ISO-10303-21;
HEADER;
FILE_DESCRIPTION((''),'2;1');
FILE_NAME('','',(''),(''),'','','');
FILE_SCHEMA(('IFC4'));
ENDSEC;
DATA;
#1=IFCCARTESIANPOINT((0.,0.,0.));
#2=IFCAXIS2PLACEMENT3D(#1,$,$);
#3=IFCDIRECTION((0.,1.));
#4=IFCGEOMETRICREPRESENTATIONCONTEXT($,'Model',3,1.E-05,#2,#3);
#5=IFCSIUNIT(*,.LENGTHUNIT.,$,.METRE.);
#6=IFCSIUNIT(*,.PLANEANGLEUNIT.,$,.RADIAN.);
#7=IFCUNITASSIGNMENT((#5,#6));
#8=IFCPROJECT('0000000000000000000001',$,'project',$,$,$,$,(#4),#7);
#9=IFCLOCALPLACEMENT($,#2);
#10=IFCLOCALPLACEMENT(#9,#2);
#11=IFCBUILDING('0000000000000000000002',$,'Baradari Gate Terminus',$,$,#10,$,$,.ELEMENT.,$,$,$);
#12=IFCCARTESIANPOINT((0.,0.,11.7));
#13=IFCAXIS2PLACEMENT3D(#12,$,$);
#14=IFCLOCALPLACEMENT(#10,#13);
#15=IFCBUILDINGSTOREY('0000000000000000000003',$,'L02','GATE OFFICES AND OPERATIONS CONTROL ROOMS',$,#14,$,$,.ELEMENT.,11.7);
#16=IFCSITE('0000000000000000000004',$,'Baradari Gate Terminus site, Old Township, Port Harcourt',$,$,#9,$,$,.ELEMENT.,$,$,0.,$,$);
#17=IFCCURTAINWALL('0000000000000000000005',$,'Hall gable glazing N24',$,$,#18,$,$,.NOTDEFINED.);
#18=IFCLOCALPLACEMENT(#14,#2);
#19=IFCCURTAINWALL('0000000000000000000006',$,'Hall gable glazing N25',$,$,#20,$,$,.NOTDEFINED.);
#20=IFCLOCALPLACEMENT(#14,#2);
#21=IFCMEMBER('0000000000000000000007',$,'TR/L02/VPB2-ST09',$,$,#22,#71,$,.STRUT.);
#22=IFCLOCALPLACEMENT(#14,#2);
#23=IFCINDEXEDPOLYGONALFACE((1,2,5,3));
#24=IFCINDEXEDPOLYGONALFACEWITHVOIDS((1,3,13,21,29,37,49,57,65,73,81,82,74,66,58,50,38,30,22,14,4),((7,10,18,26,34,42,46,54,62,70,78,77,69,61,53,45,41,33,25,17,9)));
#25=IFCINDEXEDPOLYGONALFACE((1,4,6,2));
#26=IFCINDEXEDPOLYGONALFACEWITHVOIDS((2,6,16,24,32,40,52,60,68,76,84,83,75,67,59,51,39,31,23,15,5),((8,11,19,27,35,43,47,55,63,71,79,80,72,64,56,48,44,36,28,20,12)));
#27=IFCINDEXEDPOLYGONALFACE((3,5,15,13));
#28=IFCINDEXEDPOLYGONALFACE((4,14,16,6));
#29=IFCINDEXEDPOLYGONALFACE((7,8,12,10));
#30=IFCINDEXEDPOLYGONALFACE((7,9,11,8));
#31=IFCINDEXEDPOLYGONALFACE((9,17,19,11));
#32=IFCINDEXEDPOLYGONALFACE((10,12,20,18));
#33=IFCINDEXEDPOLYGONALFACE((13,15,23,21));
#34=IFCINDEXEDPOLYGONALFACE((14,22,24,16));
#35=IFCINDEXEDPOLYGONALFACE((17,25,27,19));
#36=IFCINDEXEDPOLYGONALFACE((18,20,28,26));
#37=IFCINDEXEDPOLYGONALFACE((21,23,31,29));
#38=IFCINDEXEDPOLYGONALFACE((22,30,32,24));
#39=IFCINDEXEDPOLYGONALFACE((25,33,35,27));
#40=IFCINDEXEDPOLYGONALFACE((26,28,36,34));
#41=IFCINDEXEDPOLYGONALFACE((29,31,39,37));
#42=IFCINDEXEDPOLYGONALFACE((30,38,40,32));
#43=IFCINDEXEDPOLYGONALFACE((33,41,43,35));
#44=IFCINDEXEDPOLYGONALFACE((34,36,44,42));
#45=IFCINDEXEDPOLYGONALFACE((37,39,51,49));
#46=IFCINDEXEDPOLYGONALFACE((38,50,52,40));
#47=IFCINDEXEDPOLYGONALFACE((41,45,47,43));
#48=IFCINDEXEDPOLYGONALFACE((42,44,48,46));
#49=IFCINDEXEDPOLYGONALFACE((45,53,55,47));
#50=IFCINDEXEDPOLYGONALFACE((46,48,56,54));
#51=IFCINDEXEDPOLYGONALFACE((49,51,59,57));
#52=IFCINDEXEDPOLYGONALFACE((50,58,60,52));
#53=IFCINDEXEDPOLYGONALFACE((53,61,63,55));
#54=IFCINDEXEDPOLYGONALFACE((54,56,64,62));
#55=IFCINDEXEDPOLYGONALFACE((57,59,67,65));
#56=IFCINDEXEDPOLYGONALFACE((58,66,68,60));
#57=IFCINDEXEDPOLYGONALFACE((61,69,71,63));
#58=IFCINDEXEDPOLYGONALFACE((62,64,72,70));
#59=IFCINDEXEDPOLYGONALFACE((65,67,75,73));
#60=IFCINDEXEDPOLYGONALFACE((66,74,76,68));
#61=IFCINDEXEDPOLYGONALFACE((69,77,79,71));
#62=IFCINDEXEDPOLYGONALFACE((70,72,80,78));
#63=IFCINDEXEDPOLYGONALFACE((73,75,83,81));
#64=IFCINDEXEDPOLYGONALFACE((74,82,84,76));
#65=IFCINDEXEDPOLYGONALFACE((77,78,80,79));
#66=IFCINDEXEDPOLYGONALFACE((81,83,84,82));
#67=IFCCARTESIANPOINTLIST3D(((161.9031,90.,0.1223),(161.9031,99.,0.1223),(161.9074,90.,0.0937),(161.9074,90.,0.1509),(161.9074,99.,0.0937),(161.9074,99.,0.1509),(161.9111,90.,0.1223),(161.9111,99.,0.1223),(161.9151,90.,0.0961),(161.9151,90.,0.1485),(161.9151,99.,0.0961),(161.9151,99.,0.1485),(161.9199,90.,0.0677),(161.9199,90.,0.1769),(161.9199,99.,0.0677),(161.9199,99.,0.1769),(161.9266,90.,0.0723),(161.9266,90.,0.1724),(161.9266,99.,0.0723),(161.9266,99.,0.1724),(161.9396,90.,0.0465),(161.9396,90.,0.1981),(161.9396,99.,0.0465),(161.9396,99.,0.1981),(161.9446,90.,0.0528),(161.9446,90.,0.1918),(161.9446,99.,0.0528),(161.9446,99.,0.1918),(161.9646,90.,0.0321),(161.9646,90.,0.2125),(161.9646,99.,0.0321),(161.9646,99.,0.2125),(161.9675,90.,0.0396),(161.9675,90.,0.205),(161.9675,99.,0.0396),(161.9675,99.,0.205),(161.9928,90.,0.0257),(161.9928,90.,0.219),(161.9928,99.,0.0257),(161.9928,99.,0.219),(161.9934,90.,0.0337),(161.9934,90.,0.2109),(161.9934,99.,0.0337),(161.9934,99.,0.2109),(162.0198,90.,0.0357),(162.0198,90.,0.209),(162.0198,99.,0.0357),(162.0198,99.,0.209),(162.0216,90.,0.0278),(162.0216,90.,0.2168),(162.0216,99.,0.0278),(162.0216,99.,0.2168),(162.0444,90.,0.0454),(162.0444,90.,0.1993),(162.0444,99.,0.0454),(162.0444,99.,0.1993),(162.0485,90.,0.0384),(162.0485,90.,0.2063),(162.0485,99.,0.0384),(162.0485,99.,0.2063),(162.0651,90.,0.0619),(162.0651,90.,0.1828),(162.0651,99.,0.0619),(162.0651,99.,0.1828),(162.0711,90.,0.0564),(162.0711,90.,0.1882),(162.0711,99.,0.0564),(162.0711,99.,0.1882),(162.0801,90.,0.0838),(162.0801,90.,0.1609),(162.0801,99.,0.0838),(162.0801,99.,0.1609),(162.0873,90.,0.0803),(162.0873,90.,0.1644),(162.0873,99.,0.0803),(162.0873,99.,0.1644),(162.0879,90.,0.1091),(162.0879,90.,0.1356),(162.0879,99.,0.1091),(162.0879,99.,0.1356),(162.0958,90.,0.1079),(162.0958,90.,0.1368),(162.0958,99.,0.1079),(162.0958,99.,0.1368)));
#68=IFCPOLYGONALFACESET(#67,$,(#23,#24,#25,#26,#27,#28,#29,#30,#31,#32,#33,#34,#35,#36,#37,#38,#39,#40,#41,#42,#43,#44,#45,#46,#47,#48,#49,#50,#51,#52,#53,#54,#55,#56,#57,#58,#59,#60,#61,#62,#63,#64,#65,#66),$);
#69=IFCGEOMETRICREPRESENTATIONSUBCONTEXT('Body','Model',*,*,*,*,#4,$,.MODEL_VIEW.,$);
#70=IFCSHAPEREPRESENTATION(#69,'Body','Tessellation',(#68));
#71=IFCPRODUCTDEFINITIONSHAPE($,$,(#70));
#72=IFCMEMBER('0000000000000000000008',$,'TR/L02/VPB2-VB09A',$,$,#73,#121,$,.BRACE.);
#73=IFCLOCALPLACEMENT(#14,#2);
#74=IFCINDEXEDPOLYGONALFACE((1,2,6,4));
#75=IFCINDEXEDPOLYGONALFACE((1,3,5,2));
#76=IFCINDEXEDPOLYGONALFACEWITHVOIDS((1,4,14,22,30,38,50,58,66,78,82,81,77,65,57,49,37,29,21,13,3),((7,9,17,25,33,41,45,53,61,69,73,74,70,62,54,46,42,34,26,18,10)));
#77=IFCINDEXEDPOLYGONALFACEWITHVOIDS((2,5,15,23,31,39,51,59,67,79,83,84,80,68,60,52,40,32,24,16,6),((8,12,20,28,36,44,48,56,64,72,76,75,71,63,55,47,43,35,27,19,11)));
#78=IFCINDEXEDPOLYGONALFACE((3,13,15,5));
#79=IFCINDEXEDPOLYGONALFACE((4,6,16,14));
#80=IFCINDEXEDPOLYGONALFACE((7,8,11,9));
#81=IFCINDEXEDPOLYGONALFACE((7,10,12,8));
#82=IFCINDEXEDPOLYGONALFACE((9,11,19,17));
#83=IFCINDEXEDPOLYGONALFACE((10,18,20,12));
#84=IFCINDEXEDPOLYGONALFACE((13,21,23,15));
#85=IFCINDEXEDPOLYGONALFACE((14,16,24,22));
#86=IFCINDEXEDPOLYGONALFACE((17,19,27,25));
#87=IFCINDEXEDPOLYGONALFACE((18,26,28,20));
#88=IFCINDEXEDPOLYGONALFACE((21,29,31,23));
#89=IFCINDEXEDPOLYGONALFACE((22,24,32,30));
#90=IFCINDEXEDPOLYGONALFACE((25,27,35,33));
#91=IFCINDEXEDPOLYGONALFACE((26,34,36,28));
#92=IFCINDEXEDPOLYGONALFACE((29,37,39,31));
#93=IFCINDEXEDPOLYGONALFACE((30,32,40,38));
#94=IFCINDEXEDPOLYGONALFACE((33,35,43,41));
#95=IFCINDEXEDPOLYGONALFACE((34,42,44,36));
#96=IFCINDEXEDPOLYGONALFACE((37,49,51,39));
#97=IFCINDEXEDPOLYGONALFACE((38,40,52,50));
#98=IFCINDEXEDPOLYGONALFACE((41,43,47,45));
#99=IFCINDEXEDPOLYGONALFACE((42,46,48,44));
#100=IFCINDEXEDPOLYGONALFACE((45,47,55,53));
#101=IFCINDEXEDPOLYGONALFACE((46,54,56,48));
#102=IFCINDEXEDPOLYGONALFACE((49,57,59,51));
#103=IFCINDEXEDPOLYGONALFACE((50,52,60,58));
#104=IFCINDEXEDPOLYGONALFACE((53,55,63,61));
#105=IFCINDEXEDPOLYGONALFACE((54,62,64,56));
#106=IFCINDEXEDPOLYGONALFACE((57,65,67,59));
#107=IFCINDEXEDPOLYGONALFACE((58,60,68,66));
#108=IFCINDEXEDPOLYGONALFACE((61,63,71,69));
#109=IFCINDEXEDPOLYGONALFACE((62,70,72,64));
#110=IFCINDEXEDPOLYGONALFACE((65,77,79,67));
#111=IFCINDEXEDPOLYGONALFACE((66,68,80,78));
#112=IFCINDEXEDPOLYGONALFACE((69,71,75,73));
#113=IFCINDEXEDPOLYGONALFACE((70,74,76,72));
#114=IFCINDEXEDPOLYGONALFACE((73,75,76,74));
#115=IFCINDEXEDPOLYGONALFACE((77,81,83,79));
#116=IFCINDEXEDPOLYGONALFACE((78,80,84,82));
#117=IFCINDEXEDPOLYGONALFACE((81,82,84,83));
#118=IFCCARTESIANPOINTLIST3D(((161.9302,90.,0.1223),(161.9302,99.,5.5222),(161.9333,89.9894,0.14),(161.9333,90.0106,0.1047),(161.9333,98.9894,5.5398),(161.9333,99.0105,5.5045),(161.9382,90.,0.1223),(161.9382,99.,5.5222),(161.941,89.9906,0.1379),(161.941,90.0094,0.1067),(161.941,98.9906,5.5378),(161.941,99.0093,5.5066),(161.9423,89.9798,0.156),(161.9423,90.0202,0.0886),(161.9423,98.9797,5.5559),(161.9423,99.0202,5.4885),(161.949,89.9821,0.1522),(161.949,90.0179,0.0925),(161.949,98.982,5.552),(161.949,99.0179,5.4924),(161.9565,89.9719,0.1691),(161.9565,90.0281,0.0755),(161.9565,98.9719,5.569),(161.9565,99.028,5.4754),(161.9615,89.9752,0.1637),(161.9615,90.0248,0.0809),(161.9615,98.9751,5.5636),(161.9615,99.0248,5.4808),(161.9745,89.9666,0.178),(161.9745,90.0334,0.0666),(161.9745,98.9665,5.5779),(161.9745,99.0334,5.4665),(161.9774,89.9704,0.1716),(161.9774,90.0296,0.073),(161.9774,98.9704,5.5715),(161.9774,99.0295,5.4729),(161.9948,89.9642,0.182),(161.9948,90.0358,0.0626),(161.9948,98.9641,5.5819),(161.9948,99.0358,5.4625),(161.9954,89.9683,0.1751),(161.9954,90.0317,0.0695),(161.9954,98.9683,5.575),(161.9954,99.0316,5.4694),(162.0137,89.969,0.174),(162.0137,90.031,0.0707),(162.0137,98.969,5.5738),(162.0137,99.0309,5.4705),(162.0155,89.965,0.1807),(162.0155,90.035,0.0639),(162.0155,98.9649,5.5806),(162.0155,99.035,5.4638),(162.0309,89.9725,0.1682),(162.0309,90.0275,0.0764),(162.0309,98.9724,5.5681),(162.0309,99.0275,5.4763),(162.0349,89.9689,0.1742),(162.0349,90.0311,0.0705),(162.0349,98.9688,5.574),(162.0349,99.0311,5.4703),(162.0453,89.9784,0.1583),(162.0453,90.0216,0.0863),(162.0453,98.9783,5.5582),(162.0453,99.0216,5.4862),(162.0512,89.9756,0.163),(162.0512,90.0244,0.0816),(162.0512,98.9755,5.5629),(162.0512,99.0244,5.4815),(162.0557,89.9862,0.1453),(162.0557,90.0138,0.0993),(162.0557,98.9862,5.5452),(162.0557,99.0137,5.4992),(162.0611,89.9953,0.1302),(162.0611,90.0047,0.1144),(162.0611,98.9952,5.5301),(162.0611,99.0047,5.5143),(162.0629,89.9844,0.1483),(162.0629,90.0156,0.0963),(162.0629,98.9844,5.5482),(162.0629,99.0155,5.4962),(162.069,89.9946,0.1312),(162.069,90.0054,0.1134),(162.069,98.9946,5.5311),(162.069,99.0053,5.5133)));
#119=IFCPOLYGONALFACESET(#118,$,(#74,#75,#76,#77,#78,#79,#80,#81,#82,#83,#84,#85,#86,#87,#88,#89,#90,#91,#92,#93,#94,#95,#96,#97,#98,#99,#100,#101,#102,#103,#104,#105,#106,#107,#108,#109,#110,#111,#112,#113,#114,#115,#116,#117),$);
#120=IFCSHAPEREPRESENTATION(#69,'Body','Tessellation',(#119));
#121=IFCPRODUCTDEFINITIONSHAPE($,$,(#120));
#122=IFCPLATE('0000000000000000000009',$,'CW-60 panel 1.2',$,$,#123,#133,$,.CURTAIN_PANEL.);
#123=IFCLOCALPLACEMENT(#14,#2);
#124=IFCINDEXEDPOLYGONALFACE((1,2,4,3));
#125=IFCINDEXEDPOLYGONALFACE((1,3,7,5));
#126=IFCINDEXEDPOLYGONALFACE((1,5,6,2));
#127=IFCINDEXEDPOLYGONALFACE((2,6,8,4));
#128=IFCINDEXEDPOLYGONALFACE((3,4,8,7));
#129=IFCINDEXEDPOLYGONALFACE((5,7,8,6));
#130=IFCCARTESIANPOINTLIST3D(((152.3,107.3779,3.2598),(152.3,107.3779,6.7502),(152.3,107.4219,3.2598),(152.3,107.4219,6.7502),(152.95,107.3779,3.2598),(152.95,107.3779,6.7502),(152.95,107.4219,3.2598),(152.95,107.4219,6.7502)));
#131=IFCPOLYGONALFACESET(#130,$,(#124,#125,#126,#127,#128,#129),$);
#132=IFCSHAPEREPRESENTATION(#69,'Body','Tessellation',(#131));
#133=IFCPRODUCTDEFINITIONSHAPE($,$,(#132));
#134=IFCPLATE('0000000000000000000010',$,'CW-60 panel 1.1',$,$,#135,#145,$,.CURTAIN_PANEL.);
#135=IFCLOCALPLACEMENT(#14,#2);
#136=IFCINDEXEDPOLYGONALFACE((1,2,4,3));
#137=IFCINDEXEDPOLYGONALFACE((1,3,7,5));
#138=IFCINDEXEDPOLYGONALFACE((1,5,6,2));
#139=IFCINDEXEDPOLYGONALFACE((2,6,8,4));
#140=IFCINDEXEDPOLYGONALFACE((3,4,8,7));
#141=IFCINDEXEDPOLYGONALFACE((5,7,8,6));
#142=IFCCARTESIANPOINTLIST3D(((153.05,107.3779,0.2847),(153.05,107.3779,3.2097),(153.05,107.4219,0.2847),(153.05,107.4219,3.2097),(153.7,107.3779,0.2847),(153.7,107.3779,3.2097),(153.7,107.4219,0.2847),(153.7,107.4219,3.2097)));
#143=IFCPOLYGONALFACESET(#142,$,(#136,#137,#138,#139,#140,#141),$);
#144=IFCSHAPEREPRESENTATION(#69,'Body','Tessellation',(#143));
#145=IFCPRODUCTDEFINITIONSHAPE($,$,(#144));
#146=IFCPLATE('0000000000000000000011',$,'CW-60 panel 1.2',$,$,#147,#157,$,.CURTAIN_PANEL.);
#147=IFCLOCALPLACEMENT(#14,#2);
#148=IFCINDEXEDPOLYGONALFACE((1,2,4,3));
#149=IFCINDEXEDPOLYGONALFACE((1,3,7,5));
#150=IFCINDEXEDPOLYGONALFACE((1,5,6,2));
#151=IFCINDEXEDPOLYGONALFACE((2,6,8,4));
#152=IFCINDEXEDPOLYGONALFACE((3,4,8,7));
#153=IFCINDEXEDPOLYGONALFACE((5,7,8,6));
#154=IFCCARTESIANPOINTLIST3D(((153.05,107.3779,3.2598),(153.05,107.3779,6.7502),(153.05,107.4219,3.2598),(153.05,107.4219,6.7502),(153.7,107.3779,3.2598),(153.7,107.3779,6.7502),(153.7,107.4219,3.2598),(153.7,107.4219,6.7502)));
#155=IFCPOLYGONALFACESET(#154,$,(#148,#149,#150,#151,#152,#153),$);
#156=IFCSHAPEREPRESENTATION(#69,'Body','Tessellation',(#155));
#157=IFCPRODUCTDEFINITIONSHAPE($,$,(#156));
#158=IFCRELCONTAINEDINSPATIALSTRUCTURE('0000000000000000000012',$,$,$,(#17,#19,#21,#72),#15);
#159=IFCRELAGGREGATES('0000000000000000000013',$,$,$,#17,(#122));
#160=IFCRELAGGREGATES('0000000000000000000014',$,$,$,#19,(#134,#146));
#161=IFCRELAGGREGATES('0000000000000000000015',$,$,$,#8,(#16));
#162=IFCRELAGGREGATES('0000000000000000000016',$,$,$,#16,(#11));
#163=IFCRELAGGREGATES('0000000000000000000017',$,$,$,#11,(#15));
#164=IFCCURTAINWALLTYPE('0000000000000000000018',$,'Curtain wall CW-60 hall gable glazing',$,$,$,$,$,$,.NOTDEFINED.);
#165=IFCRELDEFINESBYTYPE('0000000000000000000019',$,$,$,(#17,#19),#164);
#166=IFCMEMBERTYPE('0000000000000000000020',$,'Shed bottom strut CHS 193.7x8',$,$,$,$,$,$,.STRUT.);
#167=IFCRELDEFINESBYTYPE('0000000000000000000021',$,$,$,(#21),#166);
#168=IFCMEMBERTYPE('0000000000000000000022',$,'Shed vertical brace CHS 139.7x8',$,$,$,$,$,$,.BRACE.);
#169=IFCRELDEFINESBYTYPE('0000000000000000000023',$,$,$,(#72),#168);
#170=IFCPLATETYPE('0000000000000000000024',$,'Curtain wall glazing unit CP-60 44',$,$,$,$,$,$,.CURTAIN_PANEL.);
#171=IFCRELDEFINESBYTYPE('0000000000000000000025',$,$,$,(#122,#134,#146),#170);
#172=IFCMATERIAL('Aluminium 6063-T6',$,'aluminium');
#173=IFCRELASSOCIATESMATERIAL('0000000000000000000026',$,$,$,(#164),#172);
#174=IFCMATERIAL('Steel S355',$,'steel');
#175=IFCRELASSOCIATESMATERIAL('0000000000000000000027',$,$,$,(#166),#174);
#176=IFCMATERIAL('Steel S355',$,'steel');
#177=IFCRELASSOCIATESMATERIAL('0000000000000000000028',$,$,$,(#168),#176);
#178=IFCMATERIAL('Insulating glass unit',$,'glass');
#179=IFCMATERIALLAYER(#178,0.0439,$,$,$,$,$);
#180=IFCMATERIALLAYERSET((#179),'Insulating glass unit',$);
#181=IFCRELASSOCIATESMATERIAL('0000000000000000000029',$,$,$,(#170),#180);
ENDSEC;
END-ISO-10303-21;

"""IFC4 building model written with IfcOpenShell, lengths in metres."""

from ifc_helpers import new_model, si_unit, direction, frame, origin, origin_2d, place, context, subcontext, project, spatial, rectangle, hollow_circle, extrude, material, layer, layer_set, material_profile, profile_set, type_object, element, aggregate, save


model = new_model("IFC4")

# Units and contexts
model_context = context("Model", 3, precision=1e-05, world=origin(), true_north=direction((0.0, 1.0)))
body_context = subcontext(model_context, "Body", "Model", "MODEL_VIEW")
ifc_project = project(units=[si_unit("LENGTHUNIT", "METRE"), si_unit("PLANEANGLEUNIT", "RADIAN")], contexts=[model_context])

# Site, building, storey
site_placement = place(None, origin())
site = spatial("IfcSite", under=ifc_project, at=site_placement, Name="Baradari Gate Terminus site, Old Township, Port Harcourt", CompositionType="ELEMENT", RefElevation=0.0)
building_placement = place(site_placement, origin())
building = spatial("IfcBuilding", under=site, at=building_placement, Name="Baradari Gate Terminus", CompositionType="ELEMENT")
storey_placement = place(building_placement, frame((0.0, 0.0, 11.7)))
storey = spatial("IfcBuildingStorey", under=building, at=storey_placement, Name="L02", Description="GATE OFFICES AND OPERATIONS CONTROL ROOMS", CompositionType="ELEMENT", Elevation=11.7)

# Curtain wall
ifc_material_1 = material(Name="Aluminium 6063-T6", Category="aluminium")
curtain_wall_type = type_object("IfcCurtainWallType", Name="Curtain wall CW-60 hall gable glazing", PredefinedType="NOTDEFINED", material=ifc_material_1)
curtain_wall_1_placement = place(storey_placement, origin())
curtain_wall_1 = element("IfcCurtainWall", 1, at=curtain_wall_1_placement, inside=storey, type_object=curtain_wall_type, Name="Hall gable glazing N24", PredefinedType="NOTDEFINED")

# Curtain wall
curtain_wall_2_placement = place(storey_placement, origin())
curtain_wall_2 = element("IfcCurtainWall", 2, at=curtain_wall_2_placement, inside=storey, type_object=curtain_wall_type, Name="Hall gable glazing N25", PredefinedType="NOTDEFINED")

# Members
ifc_material_2 = material(Name="Steel S355", Category="steel")
ifc_material_profile_1 = material_profile(ifc_material_2, hollow_circle(Radius=0.0969, WallThickness=0.0081, at=origin_2d()), Name="CHS 193.7x8")
ifc_profile_set_1 = profile_set([ifc_material_profile_1], Name="Steel S355")
member_type_1 = type_object("IfcMemberType", Name="Shed bottom strut CHS 193.7x8", PredefinedType="STRUT", material=ifc_profile_set_1)
member_1_placement = place(storey_placement, frame((162.0, 90.0, 0.1223), z_axis=(0.0, 1.0, 0.0), x_axis=(-1.0, 0.0, 0.0)))
element("IfcMember", 3, at=member_1_placement, inside=storey, type_object=member_type_1, Name="TR/L02/VPB2-ST09", PredefinedType="STRUT", context=body_context, shape_type="SweptSolid", body=[
    extrude(hollow_circle(Radius=0.0969, WallThickness=0.0081, at=origin_2d()), origin(), (0.0, 0.0, 1.0), 9.0),
])
ifc_material_3 = material(Name="Steel S355", Category="steel")
ifc_material_profile_2 = material_profile(ifc_material_3, hollow_circle(Radius=0.0698, WallThickness=0.0081, at=origin_2d()), Name="CHS 139.7x8")
ifc_profile_set_2 = profile_set([ifc_material_profile_2], Name="Steel S355")
member_type_2 = type_object("IfcMemberType", Name="Shed vertical brace CHS 139.7x8", PredefinedType="BRACE", material=ifc_profile_set_2)
member_2_placement = place(storey_placement, frame((162.0, 90.0, 0.1223), z_axis=(0.0, 0.857497, 0.514489), x_axis=(-1.0, 0.0, 0.0)))
element("IfcMember", 4, at=member_2_placement, inside=storey, type_object=member_type_2, Name="TR/L02/VPB2-VB09A", PredefinedType="BRACE", context=body_context, shape_type="SweptSolid", body=[
    extrude(hollow_circle(Radius=0.0698, WallThickness=0.0081, at=origin_2d()), origin(), (0.0, 0.0, 1.0), 10.4956),
])

# Plates
ifc_material_4 = material(Name="Insulating glass unit", Category="glass")
ifc_layer = layer(ifc_material_4, 0.0439)
ifc_layer_set = layer_set([ifc_layer], Name="Insulating glass unit")
plate_type = type_object("IfcPlateType", Name="Curtain wall glazing unit CP-60 44", PredefinedType="CURTAIN_PANEL", material=ifc_layer_set)
plate_1_placement = place(storey_placement, frame((152.625, 107.3999, 3.2598), z_axis=(0.0, 0.0, 1.0), x_axis=(1.0, 0.0, 0.0)))
plate_1 = element("IfcPlate", 5, at=plate_1_placement, type_object=plate_type, Name="CW-60 panel 1.2", PredefinedType="CURTAIN_PANEL", context=body_context, shape_type="SweptSolid", body=[
    extrude(rectangle(XDim=0.6499, YDim=0.0439, at=origin_2d()), origin(), (0.0, 0.0, 1.0), 3.4905),
])
aggregate(curtain_wall_1, [plate_1])
plate_2_placement = place(storey_placement, frame((153.375, 107.3999, 0.2847), z_axis=(0.0, 0.0, 1.0), x_axis=(1.0, 0.0, 0.0)))
plate_2 = element("IfcPlate", 6, at=plate_2_placement, type_object=plate_type, Name="CW-60 panel 1.1", PredefinedType="CURTAIN_PANEL", context=body_context, shape_type="SweptSolid", body=[
    extrude(rectangle(XDim=0.6499, YDim=0.0439, at=origin_2d()), origin(), (0.0, 0.0, 1.0), 2.925),
])
plate_3_placement = place(storey_placement, frame((153.375, 107.3999, 3.2598), z_axis=(0.0, 0.0, 1.0), x_axis=(1.0, 0.0, 0.0)))
plate_3 = element("IfcPlate", 7, at=plate_3_placement, type_object=plate_type, Name="CW-60 panel 1.2", PredefinedType="CURTAIN_PANEL", context=body_context, shape_type="SweptSolid", body=[
    extrude(rectangle(XDim=0.6499, YDim=0.0439, at=origin_2d()), origin(), (0.0, 0.0, 1.0), 3.4905),
])
aggregate(curtain_wall_2, [plate_2, plate_3])

save(model, "model.ifc")
